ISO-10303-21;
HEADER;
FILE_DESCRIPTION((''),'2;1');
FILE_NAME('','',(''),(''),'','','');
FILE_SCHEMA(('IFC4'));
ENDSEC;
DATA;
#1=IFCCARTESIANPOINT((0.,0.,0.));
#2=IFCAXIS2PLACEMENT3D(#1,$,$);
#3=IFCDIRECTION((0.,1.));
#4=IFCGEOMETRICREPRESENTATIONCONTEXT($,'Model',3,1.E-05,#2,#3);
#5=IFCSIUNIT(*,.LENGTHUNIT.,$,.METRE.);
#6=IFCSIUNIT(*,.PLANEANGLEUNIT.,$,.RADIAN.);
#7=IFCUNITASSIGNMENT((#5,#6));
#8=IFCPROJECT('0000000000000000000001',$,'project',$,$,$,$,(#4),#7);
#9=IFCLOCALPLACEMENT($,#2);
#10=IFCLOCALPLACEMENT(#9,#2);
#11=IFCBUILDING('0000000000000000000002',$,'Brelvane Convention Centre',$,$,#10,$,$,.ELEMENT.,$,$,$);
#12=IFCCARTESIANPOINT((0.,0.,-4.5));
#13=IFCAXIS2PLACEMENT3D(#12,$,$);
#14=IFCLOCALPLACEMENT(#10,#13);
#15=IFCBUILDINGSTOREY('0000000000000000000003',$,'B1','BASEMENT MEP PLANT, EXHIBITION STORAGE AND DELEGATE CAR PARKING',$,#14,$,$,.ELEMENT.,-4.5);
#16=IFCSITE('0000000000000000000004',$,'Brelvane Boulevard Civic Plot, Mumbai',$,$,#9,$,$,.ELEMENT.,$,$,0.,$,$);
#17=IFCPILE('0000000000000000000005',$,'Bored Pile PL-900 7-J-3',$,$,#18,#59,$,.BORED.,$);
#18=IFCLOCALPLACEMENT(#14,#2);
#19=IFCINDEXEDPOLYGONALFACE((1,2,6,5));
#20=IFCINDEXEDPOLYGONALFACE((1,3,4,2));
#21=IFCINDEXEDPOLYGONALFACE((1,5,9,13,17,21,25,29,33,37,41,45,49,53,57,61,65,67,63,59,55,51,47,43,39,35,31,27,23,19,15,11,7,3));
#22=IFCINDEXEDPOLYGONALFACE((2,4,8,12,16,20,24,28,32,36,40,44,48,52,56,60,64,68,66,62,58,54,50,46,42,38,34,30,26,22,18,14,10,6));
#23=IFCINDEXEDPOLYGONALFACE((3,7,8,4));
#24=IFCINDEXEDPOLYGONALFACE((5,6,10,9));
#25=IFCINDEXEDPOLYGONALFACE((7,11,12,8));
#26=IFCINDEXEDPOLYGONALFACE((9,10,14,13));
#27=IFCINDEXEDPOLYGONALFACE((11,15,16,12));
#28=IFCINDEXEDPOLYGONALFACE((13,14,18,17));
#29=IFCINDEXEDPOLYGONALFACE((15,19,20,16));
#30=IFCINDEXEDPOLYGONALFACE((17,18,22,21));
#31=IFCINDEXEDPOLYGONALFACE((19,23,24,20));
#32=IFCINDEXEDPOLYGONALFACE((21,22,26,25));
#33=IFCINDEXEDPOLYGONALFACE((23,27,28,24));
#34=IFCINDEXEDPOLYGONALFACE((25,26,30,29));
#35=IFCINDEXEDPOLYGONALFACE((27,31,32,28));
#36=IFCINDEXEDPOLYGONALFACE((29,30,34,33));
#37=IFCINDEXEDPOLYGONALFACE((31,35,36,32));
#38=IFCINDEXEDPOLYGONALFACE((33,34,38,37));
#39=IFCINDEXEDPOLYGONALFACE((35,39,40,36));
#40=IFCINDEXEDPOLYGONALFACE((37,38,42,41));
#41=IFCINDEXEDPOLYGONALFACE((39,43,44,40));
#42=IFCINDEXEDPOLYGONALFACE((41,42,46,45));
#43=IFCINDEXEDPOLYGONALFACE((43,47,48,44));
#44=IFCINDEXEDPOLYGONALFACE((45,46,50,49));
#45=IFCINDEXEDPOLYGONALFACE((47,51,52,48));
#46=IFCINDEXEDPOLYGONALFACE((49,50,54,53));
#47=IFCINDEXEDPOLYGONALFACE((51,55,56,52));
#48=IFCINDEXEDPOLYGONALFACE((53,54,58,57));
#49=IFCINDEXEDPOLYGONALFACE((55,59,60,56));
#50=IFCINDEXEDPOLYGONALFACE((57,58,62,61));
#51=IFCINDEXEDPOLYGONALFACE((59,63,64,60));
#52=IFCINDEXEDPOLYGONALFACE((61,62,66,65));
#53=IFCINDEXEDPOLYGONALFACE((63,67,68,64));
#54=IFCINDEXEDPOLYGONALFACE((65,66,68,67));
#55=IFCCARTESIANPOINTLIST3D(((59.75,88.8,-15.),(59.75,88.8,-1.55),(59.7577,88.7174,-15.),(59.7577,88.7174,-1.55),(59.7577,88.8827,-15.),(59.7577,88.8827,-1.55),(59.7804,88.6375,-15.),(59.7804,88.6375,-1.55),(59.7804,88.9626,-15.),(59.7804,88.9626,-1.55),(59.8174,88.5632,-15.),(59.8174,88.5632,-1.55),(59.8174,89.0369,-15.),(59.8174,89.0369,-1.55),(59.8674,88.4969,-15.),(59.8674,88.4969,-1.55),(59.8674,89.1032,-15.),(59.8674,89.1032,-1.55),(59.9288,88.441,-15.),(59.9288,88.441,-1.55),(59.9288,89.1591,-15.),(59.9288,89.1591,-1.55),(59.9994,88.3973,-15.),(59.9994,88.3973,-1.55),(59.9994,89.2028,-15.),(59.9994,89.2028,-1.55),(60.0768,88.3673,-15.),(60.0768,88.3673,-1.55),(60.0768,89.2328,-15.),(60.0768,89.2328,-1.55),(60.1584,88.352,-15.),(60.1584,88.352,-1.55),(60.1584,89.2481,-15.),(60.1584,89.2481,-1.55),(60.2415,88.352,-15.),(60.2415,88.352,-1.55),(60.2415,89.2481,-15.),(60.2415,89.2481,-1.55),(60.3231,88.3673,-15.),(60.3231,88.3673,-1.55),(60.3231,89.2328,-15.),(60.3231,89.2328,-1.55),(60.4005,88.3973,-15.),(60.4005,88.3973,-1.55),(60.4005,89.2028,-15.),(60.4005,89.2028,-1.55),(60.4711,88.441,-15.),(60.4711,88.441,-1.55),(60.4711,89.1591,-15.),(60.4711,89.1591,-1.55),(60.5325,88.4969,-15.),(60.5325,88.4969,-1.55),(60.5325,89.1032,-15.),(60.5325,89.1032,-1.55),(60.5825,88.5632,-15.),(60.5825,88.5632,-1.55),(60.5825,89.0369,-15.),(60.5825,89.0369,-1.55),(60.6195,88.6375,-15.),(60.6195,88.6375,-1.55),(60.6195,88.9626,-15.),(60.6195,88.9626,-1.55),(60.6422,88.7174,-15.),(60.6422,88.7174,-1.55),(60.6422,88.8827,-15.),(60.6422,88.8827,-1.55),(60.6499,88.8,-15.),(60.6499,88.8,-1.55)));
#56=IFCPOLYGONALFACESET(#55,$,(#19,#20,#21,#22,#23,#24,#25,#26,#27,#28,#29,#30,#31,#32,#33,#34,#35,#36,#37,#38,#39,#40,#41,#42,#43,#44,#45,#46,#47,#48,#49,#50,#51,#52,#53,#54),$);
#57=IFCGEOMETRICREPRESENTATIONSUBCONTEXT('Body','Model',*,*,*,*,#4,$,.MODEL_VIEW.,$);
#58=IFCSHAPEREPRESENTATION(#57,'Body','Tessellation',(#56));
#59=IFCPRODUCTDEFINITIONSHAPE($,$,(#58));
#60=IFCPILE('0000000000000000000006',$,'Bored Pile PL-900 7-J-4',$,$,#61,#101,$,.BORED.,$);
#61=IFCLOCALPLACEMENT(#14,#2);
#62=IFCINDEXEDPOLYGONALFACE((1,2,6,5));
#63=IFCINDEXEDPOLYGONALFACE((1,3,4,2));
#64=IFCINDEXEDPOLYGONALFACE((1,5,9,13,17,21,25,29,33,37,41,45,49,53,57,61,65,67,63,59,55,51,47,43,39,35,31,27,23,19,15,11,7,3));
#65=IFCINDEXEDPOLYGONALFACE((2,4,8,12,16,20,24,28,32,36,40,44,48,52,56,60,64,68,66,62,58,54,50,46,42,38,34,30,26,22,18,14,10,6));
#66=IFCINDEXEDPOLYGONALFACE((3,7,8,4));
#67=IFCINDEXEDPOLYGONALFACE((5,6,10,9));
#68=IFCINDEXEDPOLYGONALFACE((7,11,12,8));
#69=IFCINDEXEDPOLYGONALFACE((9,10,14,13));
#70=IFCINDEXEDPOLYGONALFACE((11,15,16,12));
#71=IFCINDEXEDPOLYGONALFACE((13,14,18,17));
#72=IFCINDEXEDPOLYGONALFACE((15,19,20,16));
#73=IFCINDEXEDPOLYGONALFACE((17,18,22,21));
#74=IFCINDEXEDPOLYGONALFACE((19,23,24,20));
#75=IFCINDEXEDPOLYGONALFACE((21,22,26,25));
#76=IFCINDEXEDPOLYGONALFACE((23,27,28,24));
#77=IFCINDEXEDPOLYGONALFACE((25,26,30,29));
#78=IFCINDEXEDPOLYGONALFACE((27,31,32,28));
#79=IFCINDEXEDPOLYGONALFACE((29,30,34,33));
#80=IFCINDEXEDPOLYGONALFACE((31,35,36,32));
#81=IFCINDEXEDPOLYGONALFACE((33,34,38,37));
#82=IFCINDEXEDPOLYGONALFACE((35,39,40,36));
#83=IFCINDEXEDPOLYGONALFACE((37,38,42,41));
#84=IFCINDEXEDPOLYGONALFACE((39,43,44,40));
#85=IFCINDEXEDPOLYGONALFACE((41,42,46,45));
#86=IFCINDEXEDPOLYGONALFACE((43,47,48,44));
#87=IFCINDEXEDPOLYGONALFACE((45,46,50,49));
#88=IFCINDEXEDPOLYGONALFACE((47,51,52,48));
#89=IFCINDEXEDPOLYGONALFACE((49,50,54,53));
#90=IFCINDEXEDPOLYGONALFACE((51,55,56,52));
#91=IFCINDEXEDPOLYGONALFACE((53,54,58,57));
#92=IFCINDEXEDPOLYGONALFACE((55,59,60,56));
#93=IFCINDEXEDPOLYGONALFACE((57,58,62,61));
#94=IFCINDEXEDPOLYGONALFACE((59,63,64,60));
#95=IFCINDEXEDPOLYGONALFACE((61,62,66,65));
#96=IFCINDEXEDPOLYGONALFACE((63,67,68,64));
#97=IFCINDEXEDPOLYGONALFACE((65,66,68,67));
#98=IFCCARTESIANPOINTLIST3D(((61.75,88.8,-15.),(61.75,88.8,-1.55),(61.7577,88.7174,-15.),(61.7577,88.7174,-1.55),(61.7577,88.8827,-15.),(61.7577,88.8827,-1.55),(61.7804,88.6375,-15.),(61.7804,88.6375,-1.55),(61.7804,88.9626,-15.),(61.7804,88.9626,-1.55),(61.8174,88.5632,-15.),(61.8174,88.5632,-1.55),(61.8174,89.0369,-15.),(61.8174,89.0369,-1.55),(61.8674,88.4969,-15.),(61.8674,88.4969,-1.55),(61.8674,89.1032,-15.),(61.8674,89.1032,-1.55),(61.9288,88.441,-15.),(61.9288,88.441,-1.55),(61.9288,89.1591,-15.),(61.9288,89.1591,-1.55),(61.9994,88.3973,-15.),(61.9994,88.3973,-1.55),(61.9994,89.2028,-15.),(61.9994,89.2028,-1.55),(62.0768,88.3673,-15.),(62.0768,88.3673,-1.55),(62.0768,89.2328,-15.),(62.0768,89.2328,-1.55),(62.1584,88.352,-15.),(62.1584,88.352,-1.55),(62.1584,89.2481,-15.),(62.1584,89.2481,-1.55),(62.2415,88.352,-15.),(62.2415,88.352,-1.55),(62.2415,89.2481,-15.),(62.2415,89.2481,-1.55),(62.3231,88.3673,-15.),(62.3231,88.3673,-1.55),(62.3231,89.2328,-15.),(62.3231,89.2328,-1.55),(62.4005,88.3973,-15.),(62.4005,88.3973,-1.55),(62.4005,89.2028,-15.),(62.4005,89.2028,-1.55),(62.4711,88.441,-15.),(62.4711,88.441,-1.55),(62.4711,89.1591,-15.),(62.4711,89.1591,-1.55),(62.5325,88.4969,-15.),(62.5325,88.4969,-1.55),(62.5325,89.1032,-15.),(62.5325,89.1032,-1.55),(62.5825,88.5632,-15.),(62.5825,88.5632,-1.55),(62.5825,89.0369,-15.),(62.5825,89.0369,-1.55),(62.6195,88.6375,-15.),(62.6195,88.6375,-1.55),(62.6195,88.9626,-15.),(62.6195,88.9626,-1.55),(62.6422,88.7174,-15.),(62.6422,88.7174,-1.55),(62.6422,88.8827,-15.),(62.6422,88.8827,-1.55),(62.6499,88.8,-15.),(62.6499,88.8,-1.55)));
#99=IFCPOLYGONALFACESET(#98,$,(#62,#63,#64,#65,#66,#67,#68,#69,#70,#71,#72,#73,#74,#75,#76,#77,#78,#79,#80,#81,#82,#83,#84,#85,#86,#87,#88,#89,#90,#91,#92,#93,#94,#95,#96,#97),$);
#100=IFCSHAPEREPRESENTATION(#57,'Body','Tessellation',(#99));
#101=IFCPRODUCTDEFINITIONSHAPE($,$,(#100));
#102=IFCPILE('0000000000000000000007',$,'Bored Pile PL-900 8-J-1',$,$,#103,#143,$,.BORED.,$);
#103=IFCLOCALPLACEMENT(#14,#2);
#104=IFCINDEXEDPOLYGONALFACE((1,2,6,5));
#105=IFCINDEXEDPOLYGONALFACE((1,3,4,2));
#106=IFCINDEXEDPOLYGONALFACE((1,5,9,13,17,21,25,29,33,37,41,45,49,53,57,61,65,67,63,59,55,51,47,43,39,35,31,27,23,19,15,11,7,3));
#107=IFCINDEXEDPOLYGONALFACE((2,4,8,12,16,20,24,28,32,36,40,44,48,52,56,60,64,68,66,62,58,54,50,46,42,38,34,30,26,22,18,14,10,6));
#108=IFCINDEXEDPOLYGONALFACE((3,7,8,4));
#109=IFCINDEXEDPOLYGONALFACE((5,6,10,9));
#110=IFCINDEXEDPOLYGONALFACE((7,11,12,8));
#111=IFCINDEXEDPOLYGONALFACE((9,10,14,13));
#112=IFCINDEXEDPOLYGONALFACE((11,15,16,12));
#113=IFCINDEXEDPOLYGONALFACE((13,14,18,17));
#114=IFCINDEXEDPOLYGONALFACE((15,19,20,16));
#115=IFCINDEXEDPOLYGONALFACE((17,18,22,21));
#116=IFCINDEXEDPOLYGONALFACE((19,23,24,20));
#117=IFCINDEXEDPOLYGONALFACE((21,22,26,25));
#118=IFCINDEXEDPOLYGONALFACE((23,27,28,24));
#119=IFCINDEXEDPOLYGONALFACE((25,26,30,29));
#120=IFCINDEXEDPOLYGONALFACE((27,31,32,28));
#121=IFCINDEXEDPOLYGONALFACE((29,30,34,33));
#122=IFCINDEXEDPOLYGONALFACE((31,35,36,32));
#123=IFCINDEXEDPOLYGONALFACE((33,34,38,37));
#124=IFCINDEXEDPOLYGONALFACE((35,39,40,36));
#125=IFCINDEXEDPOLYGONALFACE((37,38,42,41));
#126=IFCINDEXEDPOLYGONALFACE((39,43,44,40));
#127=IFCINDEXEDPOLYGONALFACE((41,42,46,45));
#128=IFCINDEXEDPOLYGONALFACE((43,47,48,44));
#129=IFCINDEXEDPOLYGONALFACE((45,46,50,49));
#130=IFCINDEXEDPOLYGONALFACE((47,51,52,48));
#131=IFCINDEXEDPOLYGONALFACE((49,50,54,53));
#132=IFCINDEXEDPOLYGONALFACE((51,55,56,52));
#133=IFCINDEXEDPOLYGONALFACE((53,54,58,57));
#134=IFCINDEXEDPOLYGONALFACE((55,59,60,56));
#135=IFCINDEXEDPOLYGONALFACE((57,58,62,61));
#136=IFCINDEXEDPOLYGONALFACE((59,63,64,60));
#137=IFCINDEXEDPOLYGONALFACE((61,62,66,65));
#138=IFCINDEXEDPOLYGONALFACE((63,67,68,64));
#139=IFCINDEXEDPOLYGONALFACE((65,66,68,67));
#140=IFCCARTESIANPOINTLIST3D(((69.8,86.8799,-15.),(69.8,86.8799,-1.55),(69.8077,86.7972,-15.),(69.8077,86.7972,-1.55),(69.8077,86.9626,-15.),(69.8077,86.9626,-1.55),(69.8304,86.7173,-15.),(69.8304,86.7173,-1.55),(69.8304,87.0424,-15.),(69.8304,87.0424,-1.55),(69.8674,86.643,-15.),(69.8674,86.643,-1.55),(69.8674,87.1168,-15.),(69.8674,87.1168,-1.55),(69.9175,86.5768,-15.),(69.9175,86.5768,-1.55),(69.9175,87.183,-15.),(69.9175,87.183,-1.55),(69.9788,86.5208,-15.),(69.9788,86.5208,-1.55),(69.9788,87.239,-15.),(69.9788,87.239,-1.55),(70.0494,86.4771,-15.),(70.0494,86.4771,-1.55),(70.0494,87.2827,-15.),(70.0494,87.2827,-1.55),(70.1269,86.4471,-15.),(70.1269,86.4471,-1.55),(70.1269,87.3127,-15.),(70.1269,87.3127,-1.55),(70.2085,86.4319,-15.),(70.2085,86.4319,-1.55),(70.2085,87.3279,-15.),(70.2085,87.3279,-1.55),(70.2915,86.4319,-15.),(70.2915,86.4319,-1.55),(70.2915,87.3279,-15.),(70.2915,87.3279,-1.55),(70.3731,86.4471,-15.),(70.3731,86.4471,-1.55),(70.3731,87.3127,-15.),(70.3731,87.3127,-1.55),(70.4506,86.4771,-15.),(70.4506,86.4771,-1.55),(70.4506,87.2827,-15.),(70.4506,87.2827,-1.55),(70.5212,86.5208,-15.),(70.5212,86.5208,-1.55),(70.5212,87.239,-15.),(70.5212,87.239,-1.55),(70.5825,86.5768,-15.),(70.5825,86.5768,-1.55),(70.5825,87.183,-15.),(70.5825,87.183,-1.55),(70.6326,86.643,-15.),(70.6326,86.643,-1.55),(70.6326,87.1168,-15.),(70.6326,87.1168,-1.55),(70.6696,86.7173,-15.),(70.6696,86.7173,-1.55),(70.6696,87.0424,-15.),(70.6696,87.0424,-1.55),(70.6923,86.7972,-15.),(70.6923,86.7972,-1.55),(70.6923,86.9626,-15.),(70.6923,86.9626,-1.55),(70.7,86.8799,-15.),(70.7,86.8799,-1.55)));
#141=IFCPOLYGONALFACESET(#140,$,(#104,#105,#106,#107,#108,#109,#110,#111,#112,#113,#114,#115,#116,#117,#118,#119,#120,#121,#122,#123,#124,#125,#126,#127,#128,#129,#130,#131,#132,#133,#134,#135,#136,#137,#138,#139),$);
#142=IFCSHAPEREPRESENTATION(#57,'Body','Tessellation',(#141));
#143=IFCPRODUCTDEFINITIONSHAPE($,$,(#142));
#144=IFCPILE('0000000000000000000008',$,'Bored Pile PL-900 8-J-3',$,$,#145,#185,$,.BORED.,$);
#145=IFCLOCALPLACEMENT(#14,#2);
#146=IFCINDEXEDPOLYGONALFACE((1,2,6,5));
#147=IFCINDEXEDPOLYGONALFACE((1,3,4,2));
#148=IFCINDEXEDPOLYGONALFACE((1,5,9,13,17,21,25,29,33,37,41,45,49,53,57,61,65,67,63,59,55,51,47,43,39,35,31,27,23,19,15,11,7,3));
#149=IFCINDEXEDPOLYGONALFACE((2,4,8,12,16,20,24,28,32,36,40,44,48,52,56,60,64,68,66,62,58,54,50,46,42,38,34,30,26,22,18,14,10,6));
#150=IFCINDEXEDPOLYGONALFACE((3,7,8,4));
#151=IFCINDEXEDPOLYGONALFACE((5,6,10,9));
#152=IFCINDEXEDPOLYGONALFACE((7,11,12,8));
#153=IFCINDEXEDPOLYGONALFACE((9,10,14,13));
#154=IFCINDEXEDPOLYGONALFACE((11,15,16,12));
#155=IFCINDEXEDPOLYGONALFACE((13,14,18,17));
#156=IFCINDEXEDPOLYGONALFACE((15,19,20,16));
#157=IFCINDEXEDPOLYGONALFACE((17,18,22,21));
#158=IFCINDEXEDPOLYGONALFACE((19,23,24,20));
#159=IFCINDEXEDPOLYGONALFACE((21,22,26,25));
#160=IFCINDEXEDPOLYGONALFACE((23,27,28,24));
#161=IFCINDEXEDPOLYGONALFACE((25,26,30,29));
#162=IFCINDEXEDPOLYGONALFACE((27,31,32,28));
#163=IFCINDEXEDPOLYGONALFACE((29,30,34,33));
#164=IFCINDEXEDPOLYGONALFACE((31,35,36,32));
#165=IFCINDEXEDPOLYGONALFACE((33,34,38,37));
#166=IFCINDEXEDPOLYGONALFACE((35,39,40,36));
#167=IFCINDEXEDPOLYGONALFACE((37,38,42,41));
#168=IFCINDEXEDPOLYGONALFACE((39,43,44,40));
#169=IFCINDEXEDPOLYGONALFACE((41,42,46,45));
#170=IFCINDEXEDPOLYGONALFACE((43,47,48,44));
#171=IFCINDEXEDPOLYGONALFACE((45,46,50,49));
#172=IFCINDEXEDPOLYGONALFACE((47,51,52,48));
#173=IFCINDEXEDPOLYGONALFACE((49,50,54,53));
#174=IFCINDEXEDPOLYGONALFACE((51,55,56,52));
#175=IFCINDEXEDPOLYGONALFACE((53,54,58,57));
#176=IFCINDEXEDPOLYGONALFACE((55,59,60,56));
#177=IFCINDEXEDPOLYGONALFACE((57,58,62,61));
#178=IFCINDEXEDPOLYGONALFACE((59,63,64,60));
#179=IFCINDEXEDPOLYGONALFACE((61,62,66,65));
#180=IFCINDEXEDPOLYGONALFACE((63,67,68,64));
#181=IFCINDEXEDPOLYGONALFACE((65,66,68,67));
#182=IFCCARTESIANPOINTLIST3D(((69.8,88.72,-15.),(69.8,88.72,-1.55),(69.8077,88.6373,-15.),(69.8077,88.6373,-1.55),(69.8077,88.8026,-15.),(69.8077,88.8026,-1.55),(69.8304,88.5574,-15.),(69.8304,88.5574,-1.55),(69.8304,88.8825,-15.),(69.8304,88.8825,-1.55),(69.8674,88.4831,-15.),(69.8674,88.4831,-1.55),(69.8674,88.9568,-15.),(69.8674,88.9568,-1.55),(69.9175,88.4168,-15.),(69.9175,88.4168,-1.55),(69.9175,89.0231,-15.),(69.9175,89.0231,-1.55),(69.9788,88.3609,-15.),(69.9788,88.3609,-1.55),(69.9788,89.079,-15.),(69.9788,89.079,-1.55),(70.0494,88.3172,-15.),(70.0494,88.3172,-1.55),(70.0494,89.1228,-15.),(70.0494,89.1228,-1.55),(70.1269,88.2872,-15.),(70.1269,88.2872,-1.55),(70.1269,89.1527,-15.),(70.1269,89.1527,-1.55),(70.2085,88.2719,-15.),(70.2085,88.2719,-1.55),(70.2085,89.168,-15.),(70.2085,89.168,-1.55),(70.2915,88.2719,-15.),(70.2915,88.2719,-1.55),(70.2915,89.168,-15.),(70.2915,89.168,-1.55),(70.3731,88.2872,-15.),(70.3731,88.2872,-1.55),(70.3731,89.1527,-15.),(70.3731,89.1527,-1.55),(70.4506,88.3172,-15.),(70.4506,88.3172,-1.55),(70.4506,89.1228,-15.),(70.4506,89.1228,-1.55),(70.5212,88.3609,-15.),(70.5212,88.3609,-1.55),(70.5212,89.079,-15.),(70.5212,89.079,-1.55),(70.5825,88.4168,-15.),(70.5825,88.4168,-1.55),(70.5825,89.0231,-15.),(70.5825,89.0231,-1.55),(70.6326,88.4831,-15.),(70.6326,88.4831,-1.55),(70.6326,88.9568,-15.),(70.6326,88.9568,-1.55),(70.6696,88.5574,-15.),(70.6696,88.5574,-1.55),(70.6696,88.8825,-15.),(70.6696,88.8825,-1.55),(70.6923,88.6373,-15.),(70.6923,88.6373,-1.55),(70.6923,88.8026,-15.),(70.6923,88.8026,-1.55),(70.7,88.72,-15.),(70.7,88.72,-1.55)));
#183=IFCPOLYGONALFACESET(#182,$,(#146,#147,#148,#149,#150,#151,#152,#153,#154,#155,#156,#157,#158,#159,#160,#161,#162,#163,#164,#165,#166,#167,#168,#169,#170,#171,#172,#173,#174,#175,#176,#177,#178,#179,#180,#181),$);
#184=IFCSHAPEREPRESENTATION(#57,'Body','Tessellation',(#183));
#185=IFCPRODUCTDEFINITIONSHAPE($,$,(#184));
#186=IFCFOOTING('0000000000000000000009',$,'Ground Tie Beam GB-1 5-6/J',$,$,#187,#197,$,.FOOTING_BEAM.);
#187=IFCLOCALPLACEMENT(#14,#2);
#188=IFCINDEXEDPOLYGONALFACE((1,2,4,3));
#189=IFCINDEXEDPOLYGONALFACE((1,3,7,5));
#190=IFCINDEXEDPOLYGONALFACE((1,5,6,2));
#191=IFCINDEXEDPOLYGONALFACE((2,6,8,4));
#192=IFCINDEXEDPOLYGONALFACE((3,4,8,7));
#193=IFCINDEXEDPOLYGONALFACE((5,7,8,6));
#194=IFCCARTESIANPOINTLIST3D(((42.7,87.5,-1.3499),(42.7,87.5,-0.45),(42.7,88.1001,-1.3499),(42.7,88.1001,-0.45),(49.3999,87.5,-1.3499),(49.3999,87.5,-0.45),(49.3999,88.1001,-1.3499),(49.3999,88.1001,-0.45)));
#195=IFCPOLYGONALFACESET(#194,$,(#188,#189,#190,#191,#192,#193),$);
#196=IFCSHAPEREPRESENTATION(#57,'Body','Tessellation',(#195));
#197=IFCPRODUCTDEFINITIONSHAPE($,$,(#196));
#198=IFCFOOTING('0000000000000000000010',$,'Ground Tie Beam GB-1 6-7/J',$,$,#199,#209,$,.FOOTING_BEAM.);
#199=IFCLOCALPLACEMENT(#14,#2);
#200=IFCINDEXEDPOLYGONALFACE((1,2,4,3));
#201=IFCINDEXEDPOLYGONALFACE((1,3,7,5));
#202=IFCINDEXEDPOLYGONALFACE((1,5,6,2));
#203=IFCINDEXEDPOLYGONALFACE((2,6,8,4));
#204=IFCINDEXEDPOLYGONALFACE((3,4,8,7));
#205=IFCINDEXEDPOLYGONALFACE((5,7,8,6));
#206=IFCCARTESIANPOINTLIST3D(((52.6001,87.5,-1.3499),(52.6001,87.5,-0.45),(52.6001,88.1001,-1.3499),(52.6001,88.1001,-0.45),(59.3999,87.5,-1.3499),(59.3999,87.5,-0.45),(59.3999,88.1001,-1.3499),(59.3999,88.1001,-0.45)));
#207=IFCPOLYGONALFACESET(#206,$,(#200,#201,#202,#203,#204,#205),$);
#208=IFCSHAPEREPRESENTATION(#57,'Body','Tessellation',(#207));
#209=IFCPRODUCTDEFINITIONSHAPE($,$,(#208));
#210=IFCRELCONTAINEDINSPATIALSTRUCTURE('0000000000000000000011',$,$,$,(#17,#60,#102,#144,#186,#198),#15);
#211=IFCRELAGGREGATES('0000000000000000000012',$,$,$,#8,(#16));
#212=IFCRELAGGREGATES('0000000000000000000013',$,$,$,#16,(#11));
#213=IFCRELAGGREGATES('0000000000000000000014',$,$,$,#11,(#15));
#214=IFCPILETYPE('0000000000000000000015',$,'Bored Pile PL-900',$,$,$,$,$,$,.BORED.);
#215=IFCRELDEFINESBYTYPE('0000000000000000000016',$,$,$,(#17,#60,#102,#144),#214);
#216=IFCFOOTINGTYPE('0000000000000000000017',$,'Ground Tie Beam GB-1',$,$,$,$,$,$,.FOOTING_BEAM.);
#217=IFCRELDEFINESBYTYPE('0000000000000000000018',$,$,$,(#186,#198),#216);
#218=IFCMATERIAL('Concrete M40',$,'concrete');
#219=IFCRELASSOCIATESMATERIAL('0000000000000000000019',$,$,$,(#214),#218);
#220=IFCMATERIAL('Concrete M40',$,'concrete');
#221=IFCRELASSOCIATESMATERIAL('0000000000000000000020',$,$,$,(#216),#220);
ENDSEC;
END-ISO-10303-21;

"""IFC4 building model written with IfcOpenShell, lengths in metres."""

from ifc_helpers import new_model, si_unit, direction, frame, origin, origin_2d, place, context, subcontext, project, spatial, rectangle, circle, extrude, material, material_profile, profile_set, type_object, element, save


model = new_model("IFC4")

# Units and contexts
model_context = context("Model", 3, precision=1e-05, world=origin(), true_north=direction((0.0, 1.0)))
body_context = subcontext(model_context, "Body", "Model", "MODEL_VIEW")
ifc_project = project(units=[si_unit("LENGTHUNIT", "METRE"), si_unit("PLANEANGLEUNIT", "RADIAN")], contexts=[model_context])

# Site, building, storey
site_placement = place(None, origin())
site = spatial("IfcSite", under=ifc_project, at=site_placement, Name="Brelvane Boulevard Civic Plot, Mumbai", CompositionType="ELEMENT", RefElevation=0.0)
building_placement = place(site_placement, origin())
building = spatial("IfcBuilding", under=site, at=building_placement, Name="Brelvane Convention Centre", CompositionType="ELEMENT")
storey_placement = place(building_placement, frame((0.0, 0.0, -4.5)))
storey = spatial("IfcBuildingStorey", under=building, at=storey_placement, Name="B1", Description="BASEMENT MEP PLANT, EXHIBITION STORAGE AND DELEGATE CAR PARKING", CompositionType="ELEMENT", Elevation=-4.5)

# Piles
ifc_material_1 = material(Name="Concrete M40", Category="concrete")
ifc_material_profile_1 = material_profile(ifc_material_1, circle(Radius=0.45, at=origin_2d()), Name="PILE D900")
ifc_profile_set_1 = profile_set([ifc_material_profile_1], Name="Concrete M40")
pile_type = type_object("IfcPileType", Name="Bored Pile PL-900", PredefinedType="BORED", material=ifc_profile_set_1)
for number, where, z_axis, x_axis, name in (
    (1, (60.2, 88.8, -1.55), (0.0, 0.0, -1.0), (1.0, 0.0, 0.0), "Bored Pile PL-900 7-J-3"),
    (2, (62.2, 88.8, -1.55), (0.0, 0.0, -1.0), (1.0, 0.0, 0.0), "Bored Pile PL-900 7-J-4"),
    (3, (70.25, 86.8799, -1.55), (0.0, 0.0, -1.0), (1.0, 0.0, 0.0), "Bored Pile PL-900 8-J-1"),
    (4, (70.25, 88.72, -1.55), (0.0, 0.0, -1.0), (1.0, 0.0, 0.0), "Bored Pile PL-900 8-J-3"),
):
    element("IfcPile", number, at=place(storey_placement, frame(where, z_axis=z_axis, x_axis=x_axis)), inside=storey, type_object=pile_type, Name=name, PredefinedType="BORED", context=body_context, shape_type="SweptSolid", body=[
        extrude(circle(Radius=0.45, at=origin_2d()), origin(), (0.0, 0.0, 1.0), 13.45),
    ])

# Footings
ifc_material_2 = material(Name="Concrete M40", Category="concrete")
ifc_material_profile_2 = material_profile(ifc_material_2, rectangle(XDim=0.6001, YDim=0.8999, at=origin_2d()), Name="RC 600x900")
ifc_profile_set_2 = profile_set([ifc_material_profile_2], Name="Concrete M40")
footing_type_1 = type_object("IfcFootingType", Name="Ground Tie Beam GB-1", PredefinedType="FOOTING_BEAM", material=ifc_profile_set_2)
footing_1_placement = place(storey_placement, frame((42.7, 87.8, -0.8999), z_axis=(1.0, 0.0, 0.0), x_axis=(0.0, 1.0, 0.0)))
element("IfcFooting", 5, at=footing_1_placement, inside=storey, type_object=footing_type_1, Name="Ground Tie Beam GB-1 5-6/J", PredefinedType="FOOTING_BEAM", context=body_context, shape_type="SweptSolid", body=[
    extrude(rectangle(XDim=0.6001, YDim=0.8999, at=origin_2d()), origin(), (0.0, 0.0, 1.0), 6.7),
])
footing_2_placement = place(storey_placement, frame((52.6001, 87.8, -0.8999), z_axis=(1.0, 0.0, 0.0), x_axis=(0.0, 1.0, 0.0)))
element("IfcFooting", 6, at=footing_2_placement, inside=storey, type_object=footing_type_1, Name="Ground Tie Beam GB-1 6-7/J", PredefinedType="FOOTING_BEAM", context=body_context, shape_type="SweptSolid", body=[
    extrude(rectangle(XDim=0.6001, YDim=0.8999, at=origin_2d()), origin(), (0.0, 0.0, 1.0), 6.7998),
])

save(model, "model.ifc")
